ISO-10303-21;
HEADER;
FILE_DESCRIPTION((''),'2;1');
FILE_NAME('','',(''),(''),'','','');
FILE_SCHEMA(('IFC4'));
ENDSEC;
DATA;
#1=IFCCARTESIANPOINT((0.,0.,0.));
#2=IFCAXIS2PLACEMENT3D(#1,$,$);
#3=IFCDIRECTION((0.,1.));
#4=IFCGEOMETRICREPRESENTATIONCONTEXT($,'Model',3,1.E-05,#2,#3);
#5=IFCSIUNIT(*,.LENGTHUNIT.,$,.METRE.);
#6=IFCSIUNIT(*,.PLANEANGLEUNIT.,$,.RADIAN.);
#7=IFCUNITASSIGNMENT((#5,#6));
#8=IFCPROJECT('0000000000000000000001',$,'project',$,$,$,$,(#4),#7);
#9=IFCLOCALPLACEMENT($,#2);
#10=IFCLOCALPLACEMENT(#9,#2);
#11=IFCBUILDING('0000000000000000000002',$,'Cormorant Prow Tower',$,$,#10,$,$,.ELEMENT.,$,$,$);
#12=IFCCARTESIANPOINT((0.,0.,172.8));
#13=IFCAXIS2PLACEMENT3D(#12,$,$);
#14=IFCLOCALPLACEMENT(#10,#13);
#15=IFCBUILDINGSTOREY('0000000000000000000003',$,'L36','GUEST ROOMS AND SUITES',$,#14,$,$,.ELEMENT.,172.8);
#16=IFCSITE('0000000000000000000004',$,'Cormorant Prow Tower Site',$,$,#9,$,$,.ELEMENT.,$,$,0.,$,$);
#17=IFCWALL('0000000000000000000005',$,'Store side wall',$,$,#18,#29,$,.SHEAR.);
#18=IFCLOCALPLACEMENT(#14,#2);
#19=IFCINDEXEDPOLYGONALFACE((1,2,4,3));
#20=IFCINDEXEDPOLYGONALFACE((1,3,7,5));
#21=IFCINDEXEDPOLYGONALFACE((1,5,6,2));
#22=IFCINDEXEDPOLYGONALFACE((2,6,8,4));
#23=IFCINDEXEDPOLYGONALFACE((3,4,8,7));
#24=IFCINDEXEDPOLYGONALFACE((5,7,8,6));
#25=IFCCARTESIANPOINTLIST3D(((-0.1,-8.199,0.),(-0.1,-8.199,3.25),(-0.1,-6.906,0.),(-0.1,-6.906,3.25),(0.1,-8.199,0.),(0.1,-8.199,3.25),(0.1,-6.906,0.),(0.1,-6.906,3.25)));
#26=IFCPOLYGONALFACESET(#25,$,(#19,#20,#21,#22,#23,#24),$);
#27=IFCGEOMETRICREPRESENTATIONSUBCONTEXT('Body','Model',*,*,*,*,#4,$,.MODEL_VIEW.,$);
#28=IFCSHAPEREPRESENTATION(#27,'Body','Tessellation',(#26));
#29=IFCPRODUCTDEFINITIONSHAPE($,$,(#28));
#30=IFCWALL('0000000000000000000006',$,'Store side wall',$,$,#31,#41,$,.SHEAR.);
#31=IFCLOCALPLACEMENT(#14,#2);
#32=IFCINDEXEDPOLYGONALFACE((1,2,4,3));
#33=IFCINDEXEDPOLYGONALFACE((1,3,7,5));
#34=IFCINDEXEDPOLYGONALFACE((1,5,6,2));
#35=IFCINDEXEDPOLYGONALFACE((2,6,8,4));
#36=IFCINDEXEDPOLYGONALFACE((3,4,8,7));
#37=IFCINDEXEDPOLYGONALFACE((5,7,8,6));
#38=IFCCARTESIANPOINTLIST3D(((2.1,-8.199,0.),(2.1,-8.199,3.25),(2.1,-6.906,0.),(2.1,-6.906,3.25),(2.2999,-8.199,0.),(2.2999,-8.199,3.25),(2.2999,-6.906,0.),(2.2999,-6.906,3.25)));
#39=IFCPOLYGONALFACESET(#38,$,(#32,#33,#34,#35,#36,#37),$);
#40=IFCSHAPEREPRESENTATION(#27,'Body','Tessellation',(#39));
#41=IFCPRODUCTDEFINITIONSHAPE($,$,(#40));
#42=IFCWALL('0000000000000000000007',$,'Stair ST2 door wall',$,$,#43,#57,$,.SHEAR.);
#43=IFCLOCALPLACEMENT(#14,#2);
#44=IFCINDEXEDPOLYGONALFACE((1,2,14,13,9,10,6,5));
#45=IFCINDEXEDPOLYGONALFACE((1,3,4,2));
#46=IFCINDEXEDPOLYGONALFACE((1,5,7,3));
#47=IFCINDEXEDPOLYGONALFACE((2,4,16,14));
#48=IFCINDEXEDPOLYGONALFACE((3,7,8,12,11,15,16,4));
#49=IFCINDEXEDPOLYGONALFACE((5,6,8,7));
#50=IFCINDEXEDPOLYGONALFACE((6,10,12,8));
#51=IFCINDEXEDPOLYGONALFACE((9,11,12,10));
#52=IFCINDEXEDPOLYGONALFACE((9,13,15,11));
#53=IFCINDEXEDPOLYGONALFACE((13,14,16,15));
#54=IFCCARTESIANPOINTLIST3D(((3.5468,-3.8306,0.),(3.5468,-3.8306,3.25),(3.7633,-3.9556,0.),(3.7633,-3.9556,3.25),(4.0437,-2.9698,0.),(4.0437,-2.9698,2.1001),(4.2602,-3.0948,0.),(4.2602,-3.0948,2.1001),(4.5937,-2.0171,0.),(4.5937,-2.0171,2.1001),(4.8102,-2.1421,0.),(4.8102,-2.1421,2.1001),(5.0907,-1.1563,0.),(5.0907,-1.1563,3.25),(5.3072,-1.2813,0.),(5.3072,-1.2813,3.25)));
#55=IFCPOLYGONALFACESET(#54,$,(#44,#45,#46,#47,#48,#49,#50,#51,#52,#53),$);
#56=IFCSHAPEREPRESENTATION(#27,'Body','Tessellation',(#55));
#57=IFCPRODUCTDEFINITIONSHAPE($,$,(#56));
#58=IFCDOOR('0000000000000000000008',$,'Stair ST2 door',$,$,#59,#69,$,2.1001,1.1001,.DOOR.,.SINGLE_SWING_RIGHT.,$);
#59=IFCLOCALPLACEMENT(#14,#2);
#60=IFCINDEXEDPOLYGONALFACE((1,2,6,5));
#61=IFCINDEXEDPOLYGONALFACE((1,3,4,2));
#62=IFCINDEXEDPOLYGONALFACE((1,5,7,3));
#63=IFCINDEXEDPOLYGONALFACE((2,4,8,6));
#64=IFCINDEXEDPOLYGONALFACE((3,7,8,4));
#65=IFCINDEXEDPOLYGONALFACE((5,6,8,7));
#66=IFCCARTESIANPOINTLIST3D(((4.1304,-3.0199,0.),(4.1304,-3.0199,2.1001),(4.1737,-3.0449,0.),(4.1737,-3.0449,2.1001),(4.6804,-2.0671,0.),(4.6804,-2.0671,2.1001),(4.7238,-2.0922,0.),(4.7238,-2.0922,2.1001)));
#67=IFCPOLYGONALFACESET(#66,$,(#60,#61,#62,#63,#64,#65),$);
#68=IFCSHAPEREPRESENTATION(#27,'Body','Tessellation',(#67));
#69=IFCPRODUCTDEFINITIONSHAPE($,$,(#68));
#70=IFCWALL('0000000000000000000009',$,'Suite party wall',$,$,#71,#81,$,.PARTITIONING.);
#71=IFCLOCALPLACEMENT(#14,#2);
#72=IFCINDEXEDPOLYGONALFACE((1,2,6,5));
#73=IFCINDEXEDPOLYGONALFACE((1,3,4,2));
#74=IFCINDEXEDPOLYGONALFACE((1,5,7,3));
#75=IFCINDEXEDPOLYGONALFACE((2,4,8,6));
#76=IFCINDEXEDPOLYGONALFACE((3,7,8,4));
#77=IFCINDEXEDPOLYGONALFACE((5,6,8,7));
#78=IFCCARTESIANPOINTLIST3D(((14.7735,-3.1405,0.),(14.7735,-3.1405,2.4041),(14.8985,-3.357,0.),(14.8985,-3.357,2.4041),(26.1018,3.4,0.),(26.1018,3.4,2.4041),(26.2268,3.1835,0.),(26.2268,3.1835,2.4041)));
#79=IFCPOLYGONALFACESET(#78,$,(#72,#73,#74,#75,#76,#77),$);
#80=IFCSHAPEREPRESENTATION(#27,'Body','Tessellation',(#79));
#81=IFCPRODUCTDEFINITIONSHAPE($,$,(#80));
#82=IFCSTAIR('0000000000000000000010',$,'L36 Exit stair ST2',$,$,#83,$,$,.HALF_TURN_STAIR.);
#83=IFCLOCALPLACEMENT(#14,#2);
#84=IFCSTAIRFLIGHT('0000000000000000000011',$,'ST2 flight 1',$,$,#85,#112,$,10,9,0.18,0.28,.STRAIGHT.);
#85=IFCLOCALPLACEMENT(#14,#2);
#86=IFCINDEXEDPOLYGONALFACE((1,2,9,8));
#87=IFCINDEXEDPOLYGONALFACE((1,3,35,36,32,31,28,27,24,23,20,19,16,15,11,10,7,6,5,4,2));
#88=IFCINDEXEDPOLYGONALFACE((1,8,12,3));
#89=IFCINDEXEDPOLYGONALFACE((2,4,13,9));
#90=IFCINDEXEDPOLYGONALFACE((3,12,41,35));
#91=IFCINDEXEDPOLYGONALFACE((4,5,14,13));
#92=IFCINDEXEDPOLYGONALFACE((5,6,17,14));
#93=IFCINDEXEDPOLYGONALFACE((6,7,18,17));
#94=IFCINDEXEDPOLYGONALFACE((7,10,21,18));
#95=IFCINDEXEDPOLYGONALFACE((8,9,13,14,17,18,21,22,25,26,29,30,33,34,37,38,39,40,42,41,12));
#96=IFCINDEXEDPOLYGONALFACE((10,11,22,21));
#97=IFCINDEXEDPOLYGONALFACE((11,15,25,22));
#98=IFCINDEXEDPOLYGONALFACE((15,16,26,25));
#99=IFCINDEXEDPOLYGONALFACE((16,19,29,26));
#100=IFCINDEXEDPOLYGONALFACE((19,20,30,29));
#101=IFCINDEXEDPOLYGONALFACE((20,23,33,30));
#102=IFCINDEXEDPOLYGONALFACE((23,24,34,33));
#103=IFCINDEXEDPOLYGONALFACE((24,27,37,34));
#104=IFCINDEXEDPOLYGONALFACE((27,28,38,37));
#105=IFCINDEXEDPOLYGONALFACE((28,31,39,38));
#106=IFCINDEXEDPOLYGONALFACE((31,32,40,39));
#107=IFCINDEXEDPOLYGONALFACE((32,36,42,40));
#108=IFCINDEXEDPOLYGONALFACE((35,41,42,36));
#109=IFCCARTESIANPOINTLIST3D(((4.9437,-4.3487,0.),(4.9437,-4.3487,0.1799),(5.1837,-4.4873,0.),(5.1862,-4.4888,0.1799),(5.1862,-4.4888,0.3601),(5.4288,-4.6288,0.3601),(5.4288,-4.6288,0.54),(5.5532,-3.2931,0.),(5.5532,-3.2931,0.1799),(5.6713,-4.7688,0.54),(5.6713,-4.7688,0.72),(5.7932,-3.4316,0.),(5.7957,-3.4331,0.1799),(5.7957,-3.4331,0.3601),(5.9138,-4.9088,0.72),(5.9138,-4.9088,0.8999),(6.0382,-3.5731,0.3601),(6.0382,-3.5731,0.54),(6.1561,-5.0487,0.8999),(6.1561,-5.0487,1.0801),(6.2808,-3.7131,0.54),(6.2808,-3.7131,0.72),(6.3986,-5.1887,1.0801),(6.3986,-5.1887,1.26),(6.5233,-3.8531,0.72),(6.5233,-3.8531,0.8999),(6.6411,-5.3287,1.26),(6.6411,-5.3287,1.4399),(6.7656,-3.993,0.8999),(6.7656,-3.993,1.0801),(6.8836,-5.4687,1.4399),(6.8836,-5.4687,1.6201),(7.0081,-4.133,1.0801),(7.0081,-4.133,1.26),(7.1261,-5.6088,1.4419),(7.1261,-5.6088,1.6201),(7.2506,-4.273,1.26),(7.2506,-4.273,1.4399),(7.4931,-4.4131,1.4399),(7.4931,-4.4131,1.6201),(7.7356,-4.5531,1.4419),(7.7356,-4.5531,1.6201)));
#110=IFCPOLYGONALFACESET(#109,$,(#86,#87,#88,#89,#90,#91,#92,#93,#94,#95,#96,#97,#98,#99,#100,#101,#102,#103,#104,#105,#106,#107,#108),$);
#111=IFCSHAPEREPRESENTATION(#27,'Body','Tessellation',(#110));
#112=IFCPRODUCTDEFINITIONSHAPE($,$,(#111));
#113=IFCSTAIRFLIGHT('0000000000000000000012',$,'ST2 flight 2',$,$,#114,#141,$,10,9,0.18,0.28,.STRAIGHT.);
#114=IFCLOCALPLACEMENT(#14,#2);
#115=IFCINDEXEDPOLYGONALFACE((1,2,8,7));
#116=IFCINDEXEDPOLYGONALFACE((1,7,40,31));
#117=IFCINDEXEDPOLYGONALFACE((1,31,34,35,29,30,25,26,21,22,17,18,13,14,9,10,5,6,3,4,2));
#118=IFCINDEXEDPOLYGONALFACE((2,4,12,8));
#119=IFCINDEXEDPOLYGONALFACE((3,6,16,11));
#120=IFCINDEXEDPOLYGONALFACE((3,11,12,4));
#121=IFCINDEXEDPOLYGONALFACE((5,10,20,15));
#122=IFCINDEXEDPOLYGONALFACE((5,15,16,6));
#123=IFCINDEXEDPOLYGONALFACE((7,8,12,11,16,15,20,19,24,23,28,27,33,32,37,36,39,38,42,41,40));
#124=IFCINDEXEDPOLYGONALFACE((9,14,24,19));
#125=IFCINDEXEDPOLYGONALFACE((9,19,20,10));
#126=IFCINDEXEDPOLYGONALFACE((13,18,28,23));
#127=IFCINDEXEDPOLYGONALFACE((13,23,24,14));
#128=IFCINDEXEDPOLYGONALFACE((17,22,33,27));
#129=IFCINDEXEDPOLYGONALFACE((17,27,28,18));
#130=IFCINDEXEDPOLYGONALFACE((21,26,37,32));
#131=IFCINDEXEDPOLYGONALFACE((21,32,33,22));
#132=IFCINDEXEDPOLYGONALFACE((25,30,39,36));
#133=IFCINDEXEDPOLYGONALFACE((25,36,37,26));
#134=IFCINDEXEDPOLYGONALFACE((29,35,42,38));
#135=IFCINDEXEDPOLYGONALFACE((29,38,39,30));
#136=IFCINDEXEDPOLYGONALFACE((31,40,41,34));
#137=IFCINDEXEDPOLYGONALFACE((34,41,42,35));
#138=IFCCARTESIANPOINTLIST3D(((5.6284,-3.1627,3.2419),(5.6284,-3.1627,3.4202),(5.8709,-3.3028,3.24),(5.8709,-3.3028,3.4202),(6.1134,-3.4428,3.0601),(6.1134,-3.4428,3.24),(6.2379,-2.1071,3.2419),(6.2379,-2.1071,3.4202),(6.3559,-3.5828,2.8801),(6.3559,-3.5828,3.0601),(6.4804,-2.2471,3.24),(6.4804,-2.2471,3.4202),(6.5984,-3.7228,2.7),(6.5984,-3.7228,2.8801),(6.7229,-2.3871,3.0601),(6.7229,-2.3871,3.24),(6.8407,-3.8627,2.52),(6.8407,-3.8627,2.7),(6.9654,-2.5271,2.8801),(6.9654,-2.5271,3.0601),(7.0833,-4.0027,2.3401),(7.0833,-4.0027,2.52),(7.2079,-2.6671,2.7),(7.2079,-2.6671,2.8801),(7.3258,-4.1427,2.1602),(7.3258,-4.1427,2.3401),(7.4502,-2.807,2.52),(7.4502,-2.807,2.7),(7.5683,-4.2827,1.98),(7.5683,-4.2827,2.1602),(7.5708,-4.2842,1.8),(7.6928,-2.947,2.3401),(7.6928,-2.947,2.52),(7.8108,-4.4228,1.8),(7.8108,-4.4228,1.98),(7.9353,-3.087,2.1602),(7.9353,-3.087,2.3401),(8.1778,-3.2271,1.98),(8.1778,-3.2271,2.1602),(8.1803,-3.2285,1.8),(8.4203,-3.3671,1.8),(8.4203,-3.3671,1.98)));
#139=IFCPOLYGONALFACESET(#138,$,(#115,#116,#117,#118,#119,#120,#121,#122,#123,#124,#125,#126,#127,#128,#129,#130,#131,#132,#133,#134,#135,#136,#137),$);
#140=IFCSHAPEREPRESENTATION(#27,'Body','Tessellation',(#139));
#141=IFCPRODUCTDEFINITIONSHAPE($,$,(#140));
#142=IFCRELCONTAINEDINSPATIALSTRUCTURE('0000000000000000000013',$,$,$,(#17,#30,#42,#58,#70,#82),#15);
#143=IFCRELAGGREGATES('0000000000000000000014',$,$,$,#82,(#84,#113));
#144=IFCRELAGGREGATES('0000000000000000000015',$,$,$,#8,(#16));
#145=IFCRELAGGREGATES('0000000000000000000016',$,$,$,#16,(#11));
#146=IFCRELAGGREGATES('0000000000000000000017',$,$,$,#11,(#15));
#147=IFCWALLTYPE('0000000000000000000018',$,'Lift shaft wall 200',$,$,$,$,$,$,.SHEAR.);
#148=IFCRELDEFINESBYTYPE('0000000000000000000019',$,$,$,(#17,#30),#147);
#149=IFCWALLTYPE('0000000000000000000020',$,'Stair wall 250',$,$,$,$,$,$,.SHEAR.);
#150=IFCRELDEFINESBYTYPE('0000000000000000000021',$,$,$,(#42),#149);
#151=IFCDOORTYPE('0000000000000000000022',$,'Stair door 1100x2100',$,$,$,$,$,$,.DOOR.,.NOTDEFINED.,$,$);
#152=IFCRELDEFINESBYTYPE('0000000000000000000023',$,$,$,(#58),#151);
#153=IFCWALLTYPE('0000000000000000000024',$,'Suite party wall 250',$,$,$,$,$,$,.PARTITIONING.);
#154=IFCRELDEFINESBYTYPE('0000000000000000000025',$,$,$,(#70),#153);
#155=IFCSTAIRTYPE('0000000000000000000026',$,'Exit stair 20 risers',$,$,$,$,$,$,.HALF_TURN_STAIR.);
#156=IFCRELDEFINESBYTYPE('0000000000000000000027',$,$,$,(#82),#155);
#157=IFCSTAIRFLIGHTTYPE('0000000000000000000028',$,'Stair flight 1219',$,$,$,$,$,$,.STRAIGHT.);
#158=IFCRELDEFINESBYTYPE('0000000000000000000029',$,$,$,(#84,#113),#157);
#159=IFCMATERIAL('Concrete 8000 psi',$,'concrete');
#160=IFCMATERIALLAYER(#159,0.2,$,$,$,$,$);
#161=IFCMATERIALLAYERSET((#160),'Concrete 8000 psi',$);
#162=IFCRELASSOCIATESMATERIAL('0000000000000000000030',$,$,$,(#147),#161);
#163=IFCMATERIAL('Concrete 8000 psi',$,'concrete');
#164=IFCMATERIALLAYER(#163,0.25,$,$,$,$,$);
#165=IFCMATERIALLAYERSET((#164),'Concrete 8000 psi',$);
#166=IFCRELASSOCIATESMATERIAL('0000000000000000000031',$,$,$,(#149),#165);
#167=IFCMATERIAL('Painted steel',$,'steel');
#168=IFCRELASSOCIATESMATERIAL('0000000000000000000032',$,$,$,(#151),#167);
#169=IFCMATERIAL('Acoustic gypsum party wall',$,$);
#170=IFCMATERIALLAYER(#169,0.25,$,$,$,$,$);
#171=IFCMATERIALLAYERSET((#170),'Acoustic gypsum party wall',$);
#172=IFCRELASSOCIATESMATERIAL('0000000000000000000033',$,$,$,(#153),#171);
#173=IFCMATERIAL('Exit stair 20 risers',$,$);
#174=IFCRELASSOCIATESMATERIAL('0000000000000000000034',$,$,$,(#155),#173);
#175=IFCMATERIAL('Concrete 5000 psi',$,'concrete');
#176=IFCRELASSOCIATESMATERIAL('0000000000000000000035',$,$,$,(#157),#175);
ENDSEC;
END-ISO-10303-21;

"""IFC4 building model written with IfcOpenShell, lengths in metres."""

from ifc_helpers import new_model, si_unit, direction, frame, frame_2d, origin, place, context, subcontext, project, spatial, polyline, rectangle, outline, extrude, material, layer, layer_set, type_object, element, fill, aggregate, save


model = new_model("IFC4")

# Units and contexts
model_context = context("Model", 3, precision=1e-05, world=origin(), true_north=direction((0.0, 1.0)))
body_context = subcontext(model_context, "Body", "Model", "MODEL_VIEW")
ifc_project = project(units=[si_unit("LENGTHUNIT", "METRE"), si_unit("PLANEANGLEUNIT", "RADIAN")], contexts=[model_context])

# Site, building, storey
site_placement = place(None, origin())
site = spatial("IfcSite", under=ifc_project, at=site_placement, Name="Cormorant Prow Tower Site", CompositionType="ELEMENT", RefElevation=0.0)
building_placement = place(site_placement, origin())
building = spatial("IfcBuilding", under=site, at=building_placement, Name="Cormorant Prow Tower", CompositionType="ELEMENT")
storey_placement = place(building_placement, frame((0.0, 0.0, 172.8)))
storey = spatial("IfcBuildingStorey", under=building, at=storey_placement, Name="L36", Description="GUEST ROOMS AND SUITES", CompositionType="ELEMENT", Elevation=172.8)

# Walls
ifc_material_1 = material(Name="Concrete 8000 psi", Category="concrete")
ifc_layer_1 = layer(ifc_material_1, 0.2)
ifc_layer_set_1 = layer_set([ifc_layer_1], Name="Concrete 8000 psi")
wall_type_1 = type_object("IfcWallType", Name="Lift shaft wall 200", PredefinedType="SHEAR", material=ifc_layer_set_1)
for number, where, z_axis, x_axis, name in (
    (1, (0.0, -6.906, 0.0), (0.0, 0.0, 1.0), (0.0, -1.0, 0.0), "Store side wall"),
    (2, (2.2, -6.906, 0.0), (0.0, 0.0, 1.0), (0.0, -1.0, 0.0), "Store side wall"),
):
    element("IfcWall", number, at=place(storey_placement, frame(where, z_axis=z_axis, x_axis=x_axis)), inside=storey, type_object=wall_type_1, Name=name, PredefinedType="SHEAR", context=body_context, shape_type="SweptSolid", body=[
        extrude(rectangle(XDim=1.293, YDim=0.2, at=frame_2d((0.6465, 0.0))), origin(), (0.0, 0.0, 1.0), 3.25),
    ])

# Wall, opening, door
ifc_material_2 = material(Name="Concrete 8000 psi", Category="concrete")
ifc_layer_2 = layer(ifc_material_2, 0.25)
ifc_layer_set_2 = layer_set([ifc_layer_2], Name="Concrete 8000 psi")
wall_type_2 = type_object("IfcWallType", Name="Stair wall 250", PredefinedType="SHEAR", material=ifc_layer_set_2)
wall_1_placement = place(storey_placement, frame((3.655, -3.8931, 0.0), z_axis=(0.0, 0.0, 1.0), x_axis=(0.499983, 0.866035, 0.0)))
wall_1 = element("IfcWall", 3, at=wall_1_placement, inside=storey, type_object=wall_type_2, Name="Stair ST2 door wall", PredefinedType="SHEAR", context=body_context, shape_type="SweptSolid", body=[
    extrude(rectangle(XDim=3.0879, YDim=0.25, at=frame_2d((1.5439, 0.0))), origin(), (0.0, 0.0, 1.0), 3.25),
])
opening_1_placement = place(wall_1_placement, frame((0.9939, 0.0, 0.0)))
opening_1 = element("IfcOpeningElement", 4, at=opening_1_placement, cuts=wall_1, PredefinedType="OPENING", context=body_context, shape_type="SweptSolid", body=[
    extrude(rectangle(XDim=1.1001, YDim=2.1001, at=frame_2d((0.55, 1.05))), frame((0.0, 0.135, 0.0), z_axis=(0.0, -1.0, 0.0), x_axis=(1.0, 0.0, 0.0)), (0.0, 0.0, 1.0), 0.27),
])
ifc_material_3 = material(Name="Painted steel", Category="steel")
door_type_1 = type_object("IfcDoorType", Name="Stair door 1100x2100", OperationType="NOTDEFINED", PredefinedType="DOOR", material=ifc_material_3)
door_1_placement = place(opening_1_placement, origin())
door_1 = element("IfcDoor", 5, at=door_1_placement, inside=storey, type_object=door_type_1, Name="Stair ST2 door", OperationType="SINGLE_SWING_RIGHT", OverallHeight=2.1001, OverallWidth=1.1001, PredefinedType="DOOR", context=body_context, shape_type="SweptSolid", body=[
    extrude(rectangle(XDim=1.1001, YDim=2.1001, at=frame_2d((0.55, 1.05))), frame((0.0, 0.0249, 0.0), z_axis=(0.0, -1.0, 0.0), x_axis=(1.0, 0.0, 0.0)), (0.0, 0.0, 1.0), 0.05),
])
fill(opening_1, door_1)

# Wall
ifc_material_4 = material(Name="Acoustic gypsum party wall")
ifc_layer_3 = layer(ifc_material_4, 0.25)
ifc_layer_set_3 = layer_set([ifc_layer_3], Name="Acoustic gypsum party wall")
wall_type_3 = type_object("IfcWallType", Name="Suite party wall 250", PredefinedType="PARTITIONING", material=ifc_layer_set_3)
wall_2_placement = place(storey_placement, frame((14.8359, -3.2488, 0.0), z_axis=(0.0, 0.0, 1.0), x_axis=(0.866022, 0.500005, 0.0)))
element("IfcWall", 6, at=wall_2_placement, inside=storey, type_object=wall_type_3, Name="Suite party wall", PredefinedType="PARTITIONING", context=body_context, shape_type="SweptSolid", body=[
    extrude(rectangle(XDim=13.0808, YDim=0.25, at=frame_2d((6.5405, 0.0))), origin(), (0.0, 0.0, 1.0), 2.4041),
])

# Stair, stair flights
ifc_material_5 = material(Name="Exit stair 20 risers")
stair_type = type_object("IfcStairType", Name="Exit stair 20 risers", PredefinedType="HALF_TURN_STAIR", material=ifc_material_5)
stair_placement = place(storey_placement, origin())
stair = element("IfcStair", 7, at=stair_placement, inside=storey, type_object=stair_type, Name="L36 Exit stair ST2", PredefinedType="HALF_TURN_STAIR")
ifc_material_6 = material(Name="Concrete 5000 psi", Category="concrete")
stair_flight_type = type_object("IfcStairFlightType", Name="Stair flight 1219", PredefinedType="STRAIGHT", material=ifc_material_6)
stair_flight_1_placement = place(storey_placement, frame((5.2485, -3.8208, 0.0), z_axis=(0.0, 0.0, 1.0), x_axis=(0.866025, -0.5, 0.0)))
stair_flight_1 = element("IfcStairFlight", 8, at=stair_flight_1_placement, type_object=stair_flight_type, Name="ST2 flight 1", NumberOfRisers=10, NumberOfTreads=9, PredefinedType="STRAIGHT", RiserHeight=0.18, TreadLength=0.28, context=body_context, shape_type="SweptSolid", body=[
    extrude(outline(polyline([(0.0, 0.0), (0.0, 0.1799), (0.28, 0.1799), (0.28, 0.3601), (0.5601, 0.3601), (0.5601, 0.54), (0.8401, 0.54), (0.8401, 0.72), (1.1201, 0.72), (1.1201, 0.8999), (1.3999, 0.8999), (1.3999, 1.0801), (1.6799, 1.0801), (1.6799, 1.26), (1.96, 1.26), (1.96, 1.4399), (2.24, 1.4399), (2.24, 1.6201), (2.52, 1.6201), (2.52, 1.8), (2.52, 1.4419), (0.2771, 0.0), (0.0, 0.0)])), frame((0.0, 0.6094, 0.0), z_axis=(0.0, -1.0, 0.0), x_axis=(1.0, 0.0, 0.0)), (0.0, 0.0, 1.0), 1.219),
])
stair_flight_2_placement = place(storey_placement, frame((8.1155, -3.895, 1.8), z_axis=(0.0, 0.0, 1.0), x_axis=(-0.866025, 0.5, 0.0)))
stair_flight_2 = element("IfcStairFlight", 9, at=stair_flight_2_placement, type_object=stair_flight_type, Name="ST2 flight 2", NumberOfRisers=10, NumberOfTreads=9, PredefinedType="STRAIGHT", RiserHeight=0.18, TreadLength=0.28, context=body_context, shape_type="SweptSolid", body=[
    extrude(outline(polyline([(0.0, 0.0), (0.0, 0.1799), (0.28, 0.1799), (0.28, 0.3601), (0.5601, 0.3601), (0.5601, 0.54), (0.8401, 0.54), (0.8401, 0.72), (1.1201, 0.72), (1.1201, 0.8999), (1.3999, 0.8999), (1.3999, 1.0801), (1.6799, 1.0801), (1.6799, 1.26), (1.96, 1.26), (1.96, 1.4399), (2.24, 1.4399), (2.24, 1.6201), (2.52, 1.6201), (2.52, 1.8), (2.52, 1.4419), (0.2771, 0.0), (0.0, 0.0)])), frame((0.0, 0.6094, 0.0), z_axis=(0.0, -1.0, 0.0), x_axis=(1.0, 0.0, 0.0)), (0.0, 0.0, 1.0), 1.219),
])
aggregate(stair, [stair_flight_1, stair_flight_2])

save(model, "model.ifc")
